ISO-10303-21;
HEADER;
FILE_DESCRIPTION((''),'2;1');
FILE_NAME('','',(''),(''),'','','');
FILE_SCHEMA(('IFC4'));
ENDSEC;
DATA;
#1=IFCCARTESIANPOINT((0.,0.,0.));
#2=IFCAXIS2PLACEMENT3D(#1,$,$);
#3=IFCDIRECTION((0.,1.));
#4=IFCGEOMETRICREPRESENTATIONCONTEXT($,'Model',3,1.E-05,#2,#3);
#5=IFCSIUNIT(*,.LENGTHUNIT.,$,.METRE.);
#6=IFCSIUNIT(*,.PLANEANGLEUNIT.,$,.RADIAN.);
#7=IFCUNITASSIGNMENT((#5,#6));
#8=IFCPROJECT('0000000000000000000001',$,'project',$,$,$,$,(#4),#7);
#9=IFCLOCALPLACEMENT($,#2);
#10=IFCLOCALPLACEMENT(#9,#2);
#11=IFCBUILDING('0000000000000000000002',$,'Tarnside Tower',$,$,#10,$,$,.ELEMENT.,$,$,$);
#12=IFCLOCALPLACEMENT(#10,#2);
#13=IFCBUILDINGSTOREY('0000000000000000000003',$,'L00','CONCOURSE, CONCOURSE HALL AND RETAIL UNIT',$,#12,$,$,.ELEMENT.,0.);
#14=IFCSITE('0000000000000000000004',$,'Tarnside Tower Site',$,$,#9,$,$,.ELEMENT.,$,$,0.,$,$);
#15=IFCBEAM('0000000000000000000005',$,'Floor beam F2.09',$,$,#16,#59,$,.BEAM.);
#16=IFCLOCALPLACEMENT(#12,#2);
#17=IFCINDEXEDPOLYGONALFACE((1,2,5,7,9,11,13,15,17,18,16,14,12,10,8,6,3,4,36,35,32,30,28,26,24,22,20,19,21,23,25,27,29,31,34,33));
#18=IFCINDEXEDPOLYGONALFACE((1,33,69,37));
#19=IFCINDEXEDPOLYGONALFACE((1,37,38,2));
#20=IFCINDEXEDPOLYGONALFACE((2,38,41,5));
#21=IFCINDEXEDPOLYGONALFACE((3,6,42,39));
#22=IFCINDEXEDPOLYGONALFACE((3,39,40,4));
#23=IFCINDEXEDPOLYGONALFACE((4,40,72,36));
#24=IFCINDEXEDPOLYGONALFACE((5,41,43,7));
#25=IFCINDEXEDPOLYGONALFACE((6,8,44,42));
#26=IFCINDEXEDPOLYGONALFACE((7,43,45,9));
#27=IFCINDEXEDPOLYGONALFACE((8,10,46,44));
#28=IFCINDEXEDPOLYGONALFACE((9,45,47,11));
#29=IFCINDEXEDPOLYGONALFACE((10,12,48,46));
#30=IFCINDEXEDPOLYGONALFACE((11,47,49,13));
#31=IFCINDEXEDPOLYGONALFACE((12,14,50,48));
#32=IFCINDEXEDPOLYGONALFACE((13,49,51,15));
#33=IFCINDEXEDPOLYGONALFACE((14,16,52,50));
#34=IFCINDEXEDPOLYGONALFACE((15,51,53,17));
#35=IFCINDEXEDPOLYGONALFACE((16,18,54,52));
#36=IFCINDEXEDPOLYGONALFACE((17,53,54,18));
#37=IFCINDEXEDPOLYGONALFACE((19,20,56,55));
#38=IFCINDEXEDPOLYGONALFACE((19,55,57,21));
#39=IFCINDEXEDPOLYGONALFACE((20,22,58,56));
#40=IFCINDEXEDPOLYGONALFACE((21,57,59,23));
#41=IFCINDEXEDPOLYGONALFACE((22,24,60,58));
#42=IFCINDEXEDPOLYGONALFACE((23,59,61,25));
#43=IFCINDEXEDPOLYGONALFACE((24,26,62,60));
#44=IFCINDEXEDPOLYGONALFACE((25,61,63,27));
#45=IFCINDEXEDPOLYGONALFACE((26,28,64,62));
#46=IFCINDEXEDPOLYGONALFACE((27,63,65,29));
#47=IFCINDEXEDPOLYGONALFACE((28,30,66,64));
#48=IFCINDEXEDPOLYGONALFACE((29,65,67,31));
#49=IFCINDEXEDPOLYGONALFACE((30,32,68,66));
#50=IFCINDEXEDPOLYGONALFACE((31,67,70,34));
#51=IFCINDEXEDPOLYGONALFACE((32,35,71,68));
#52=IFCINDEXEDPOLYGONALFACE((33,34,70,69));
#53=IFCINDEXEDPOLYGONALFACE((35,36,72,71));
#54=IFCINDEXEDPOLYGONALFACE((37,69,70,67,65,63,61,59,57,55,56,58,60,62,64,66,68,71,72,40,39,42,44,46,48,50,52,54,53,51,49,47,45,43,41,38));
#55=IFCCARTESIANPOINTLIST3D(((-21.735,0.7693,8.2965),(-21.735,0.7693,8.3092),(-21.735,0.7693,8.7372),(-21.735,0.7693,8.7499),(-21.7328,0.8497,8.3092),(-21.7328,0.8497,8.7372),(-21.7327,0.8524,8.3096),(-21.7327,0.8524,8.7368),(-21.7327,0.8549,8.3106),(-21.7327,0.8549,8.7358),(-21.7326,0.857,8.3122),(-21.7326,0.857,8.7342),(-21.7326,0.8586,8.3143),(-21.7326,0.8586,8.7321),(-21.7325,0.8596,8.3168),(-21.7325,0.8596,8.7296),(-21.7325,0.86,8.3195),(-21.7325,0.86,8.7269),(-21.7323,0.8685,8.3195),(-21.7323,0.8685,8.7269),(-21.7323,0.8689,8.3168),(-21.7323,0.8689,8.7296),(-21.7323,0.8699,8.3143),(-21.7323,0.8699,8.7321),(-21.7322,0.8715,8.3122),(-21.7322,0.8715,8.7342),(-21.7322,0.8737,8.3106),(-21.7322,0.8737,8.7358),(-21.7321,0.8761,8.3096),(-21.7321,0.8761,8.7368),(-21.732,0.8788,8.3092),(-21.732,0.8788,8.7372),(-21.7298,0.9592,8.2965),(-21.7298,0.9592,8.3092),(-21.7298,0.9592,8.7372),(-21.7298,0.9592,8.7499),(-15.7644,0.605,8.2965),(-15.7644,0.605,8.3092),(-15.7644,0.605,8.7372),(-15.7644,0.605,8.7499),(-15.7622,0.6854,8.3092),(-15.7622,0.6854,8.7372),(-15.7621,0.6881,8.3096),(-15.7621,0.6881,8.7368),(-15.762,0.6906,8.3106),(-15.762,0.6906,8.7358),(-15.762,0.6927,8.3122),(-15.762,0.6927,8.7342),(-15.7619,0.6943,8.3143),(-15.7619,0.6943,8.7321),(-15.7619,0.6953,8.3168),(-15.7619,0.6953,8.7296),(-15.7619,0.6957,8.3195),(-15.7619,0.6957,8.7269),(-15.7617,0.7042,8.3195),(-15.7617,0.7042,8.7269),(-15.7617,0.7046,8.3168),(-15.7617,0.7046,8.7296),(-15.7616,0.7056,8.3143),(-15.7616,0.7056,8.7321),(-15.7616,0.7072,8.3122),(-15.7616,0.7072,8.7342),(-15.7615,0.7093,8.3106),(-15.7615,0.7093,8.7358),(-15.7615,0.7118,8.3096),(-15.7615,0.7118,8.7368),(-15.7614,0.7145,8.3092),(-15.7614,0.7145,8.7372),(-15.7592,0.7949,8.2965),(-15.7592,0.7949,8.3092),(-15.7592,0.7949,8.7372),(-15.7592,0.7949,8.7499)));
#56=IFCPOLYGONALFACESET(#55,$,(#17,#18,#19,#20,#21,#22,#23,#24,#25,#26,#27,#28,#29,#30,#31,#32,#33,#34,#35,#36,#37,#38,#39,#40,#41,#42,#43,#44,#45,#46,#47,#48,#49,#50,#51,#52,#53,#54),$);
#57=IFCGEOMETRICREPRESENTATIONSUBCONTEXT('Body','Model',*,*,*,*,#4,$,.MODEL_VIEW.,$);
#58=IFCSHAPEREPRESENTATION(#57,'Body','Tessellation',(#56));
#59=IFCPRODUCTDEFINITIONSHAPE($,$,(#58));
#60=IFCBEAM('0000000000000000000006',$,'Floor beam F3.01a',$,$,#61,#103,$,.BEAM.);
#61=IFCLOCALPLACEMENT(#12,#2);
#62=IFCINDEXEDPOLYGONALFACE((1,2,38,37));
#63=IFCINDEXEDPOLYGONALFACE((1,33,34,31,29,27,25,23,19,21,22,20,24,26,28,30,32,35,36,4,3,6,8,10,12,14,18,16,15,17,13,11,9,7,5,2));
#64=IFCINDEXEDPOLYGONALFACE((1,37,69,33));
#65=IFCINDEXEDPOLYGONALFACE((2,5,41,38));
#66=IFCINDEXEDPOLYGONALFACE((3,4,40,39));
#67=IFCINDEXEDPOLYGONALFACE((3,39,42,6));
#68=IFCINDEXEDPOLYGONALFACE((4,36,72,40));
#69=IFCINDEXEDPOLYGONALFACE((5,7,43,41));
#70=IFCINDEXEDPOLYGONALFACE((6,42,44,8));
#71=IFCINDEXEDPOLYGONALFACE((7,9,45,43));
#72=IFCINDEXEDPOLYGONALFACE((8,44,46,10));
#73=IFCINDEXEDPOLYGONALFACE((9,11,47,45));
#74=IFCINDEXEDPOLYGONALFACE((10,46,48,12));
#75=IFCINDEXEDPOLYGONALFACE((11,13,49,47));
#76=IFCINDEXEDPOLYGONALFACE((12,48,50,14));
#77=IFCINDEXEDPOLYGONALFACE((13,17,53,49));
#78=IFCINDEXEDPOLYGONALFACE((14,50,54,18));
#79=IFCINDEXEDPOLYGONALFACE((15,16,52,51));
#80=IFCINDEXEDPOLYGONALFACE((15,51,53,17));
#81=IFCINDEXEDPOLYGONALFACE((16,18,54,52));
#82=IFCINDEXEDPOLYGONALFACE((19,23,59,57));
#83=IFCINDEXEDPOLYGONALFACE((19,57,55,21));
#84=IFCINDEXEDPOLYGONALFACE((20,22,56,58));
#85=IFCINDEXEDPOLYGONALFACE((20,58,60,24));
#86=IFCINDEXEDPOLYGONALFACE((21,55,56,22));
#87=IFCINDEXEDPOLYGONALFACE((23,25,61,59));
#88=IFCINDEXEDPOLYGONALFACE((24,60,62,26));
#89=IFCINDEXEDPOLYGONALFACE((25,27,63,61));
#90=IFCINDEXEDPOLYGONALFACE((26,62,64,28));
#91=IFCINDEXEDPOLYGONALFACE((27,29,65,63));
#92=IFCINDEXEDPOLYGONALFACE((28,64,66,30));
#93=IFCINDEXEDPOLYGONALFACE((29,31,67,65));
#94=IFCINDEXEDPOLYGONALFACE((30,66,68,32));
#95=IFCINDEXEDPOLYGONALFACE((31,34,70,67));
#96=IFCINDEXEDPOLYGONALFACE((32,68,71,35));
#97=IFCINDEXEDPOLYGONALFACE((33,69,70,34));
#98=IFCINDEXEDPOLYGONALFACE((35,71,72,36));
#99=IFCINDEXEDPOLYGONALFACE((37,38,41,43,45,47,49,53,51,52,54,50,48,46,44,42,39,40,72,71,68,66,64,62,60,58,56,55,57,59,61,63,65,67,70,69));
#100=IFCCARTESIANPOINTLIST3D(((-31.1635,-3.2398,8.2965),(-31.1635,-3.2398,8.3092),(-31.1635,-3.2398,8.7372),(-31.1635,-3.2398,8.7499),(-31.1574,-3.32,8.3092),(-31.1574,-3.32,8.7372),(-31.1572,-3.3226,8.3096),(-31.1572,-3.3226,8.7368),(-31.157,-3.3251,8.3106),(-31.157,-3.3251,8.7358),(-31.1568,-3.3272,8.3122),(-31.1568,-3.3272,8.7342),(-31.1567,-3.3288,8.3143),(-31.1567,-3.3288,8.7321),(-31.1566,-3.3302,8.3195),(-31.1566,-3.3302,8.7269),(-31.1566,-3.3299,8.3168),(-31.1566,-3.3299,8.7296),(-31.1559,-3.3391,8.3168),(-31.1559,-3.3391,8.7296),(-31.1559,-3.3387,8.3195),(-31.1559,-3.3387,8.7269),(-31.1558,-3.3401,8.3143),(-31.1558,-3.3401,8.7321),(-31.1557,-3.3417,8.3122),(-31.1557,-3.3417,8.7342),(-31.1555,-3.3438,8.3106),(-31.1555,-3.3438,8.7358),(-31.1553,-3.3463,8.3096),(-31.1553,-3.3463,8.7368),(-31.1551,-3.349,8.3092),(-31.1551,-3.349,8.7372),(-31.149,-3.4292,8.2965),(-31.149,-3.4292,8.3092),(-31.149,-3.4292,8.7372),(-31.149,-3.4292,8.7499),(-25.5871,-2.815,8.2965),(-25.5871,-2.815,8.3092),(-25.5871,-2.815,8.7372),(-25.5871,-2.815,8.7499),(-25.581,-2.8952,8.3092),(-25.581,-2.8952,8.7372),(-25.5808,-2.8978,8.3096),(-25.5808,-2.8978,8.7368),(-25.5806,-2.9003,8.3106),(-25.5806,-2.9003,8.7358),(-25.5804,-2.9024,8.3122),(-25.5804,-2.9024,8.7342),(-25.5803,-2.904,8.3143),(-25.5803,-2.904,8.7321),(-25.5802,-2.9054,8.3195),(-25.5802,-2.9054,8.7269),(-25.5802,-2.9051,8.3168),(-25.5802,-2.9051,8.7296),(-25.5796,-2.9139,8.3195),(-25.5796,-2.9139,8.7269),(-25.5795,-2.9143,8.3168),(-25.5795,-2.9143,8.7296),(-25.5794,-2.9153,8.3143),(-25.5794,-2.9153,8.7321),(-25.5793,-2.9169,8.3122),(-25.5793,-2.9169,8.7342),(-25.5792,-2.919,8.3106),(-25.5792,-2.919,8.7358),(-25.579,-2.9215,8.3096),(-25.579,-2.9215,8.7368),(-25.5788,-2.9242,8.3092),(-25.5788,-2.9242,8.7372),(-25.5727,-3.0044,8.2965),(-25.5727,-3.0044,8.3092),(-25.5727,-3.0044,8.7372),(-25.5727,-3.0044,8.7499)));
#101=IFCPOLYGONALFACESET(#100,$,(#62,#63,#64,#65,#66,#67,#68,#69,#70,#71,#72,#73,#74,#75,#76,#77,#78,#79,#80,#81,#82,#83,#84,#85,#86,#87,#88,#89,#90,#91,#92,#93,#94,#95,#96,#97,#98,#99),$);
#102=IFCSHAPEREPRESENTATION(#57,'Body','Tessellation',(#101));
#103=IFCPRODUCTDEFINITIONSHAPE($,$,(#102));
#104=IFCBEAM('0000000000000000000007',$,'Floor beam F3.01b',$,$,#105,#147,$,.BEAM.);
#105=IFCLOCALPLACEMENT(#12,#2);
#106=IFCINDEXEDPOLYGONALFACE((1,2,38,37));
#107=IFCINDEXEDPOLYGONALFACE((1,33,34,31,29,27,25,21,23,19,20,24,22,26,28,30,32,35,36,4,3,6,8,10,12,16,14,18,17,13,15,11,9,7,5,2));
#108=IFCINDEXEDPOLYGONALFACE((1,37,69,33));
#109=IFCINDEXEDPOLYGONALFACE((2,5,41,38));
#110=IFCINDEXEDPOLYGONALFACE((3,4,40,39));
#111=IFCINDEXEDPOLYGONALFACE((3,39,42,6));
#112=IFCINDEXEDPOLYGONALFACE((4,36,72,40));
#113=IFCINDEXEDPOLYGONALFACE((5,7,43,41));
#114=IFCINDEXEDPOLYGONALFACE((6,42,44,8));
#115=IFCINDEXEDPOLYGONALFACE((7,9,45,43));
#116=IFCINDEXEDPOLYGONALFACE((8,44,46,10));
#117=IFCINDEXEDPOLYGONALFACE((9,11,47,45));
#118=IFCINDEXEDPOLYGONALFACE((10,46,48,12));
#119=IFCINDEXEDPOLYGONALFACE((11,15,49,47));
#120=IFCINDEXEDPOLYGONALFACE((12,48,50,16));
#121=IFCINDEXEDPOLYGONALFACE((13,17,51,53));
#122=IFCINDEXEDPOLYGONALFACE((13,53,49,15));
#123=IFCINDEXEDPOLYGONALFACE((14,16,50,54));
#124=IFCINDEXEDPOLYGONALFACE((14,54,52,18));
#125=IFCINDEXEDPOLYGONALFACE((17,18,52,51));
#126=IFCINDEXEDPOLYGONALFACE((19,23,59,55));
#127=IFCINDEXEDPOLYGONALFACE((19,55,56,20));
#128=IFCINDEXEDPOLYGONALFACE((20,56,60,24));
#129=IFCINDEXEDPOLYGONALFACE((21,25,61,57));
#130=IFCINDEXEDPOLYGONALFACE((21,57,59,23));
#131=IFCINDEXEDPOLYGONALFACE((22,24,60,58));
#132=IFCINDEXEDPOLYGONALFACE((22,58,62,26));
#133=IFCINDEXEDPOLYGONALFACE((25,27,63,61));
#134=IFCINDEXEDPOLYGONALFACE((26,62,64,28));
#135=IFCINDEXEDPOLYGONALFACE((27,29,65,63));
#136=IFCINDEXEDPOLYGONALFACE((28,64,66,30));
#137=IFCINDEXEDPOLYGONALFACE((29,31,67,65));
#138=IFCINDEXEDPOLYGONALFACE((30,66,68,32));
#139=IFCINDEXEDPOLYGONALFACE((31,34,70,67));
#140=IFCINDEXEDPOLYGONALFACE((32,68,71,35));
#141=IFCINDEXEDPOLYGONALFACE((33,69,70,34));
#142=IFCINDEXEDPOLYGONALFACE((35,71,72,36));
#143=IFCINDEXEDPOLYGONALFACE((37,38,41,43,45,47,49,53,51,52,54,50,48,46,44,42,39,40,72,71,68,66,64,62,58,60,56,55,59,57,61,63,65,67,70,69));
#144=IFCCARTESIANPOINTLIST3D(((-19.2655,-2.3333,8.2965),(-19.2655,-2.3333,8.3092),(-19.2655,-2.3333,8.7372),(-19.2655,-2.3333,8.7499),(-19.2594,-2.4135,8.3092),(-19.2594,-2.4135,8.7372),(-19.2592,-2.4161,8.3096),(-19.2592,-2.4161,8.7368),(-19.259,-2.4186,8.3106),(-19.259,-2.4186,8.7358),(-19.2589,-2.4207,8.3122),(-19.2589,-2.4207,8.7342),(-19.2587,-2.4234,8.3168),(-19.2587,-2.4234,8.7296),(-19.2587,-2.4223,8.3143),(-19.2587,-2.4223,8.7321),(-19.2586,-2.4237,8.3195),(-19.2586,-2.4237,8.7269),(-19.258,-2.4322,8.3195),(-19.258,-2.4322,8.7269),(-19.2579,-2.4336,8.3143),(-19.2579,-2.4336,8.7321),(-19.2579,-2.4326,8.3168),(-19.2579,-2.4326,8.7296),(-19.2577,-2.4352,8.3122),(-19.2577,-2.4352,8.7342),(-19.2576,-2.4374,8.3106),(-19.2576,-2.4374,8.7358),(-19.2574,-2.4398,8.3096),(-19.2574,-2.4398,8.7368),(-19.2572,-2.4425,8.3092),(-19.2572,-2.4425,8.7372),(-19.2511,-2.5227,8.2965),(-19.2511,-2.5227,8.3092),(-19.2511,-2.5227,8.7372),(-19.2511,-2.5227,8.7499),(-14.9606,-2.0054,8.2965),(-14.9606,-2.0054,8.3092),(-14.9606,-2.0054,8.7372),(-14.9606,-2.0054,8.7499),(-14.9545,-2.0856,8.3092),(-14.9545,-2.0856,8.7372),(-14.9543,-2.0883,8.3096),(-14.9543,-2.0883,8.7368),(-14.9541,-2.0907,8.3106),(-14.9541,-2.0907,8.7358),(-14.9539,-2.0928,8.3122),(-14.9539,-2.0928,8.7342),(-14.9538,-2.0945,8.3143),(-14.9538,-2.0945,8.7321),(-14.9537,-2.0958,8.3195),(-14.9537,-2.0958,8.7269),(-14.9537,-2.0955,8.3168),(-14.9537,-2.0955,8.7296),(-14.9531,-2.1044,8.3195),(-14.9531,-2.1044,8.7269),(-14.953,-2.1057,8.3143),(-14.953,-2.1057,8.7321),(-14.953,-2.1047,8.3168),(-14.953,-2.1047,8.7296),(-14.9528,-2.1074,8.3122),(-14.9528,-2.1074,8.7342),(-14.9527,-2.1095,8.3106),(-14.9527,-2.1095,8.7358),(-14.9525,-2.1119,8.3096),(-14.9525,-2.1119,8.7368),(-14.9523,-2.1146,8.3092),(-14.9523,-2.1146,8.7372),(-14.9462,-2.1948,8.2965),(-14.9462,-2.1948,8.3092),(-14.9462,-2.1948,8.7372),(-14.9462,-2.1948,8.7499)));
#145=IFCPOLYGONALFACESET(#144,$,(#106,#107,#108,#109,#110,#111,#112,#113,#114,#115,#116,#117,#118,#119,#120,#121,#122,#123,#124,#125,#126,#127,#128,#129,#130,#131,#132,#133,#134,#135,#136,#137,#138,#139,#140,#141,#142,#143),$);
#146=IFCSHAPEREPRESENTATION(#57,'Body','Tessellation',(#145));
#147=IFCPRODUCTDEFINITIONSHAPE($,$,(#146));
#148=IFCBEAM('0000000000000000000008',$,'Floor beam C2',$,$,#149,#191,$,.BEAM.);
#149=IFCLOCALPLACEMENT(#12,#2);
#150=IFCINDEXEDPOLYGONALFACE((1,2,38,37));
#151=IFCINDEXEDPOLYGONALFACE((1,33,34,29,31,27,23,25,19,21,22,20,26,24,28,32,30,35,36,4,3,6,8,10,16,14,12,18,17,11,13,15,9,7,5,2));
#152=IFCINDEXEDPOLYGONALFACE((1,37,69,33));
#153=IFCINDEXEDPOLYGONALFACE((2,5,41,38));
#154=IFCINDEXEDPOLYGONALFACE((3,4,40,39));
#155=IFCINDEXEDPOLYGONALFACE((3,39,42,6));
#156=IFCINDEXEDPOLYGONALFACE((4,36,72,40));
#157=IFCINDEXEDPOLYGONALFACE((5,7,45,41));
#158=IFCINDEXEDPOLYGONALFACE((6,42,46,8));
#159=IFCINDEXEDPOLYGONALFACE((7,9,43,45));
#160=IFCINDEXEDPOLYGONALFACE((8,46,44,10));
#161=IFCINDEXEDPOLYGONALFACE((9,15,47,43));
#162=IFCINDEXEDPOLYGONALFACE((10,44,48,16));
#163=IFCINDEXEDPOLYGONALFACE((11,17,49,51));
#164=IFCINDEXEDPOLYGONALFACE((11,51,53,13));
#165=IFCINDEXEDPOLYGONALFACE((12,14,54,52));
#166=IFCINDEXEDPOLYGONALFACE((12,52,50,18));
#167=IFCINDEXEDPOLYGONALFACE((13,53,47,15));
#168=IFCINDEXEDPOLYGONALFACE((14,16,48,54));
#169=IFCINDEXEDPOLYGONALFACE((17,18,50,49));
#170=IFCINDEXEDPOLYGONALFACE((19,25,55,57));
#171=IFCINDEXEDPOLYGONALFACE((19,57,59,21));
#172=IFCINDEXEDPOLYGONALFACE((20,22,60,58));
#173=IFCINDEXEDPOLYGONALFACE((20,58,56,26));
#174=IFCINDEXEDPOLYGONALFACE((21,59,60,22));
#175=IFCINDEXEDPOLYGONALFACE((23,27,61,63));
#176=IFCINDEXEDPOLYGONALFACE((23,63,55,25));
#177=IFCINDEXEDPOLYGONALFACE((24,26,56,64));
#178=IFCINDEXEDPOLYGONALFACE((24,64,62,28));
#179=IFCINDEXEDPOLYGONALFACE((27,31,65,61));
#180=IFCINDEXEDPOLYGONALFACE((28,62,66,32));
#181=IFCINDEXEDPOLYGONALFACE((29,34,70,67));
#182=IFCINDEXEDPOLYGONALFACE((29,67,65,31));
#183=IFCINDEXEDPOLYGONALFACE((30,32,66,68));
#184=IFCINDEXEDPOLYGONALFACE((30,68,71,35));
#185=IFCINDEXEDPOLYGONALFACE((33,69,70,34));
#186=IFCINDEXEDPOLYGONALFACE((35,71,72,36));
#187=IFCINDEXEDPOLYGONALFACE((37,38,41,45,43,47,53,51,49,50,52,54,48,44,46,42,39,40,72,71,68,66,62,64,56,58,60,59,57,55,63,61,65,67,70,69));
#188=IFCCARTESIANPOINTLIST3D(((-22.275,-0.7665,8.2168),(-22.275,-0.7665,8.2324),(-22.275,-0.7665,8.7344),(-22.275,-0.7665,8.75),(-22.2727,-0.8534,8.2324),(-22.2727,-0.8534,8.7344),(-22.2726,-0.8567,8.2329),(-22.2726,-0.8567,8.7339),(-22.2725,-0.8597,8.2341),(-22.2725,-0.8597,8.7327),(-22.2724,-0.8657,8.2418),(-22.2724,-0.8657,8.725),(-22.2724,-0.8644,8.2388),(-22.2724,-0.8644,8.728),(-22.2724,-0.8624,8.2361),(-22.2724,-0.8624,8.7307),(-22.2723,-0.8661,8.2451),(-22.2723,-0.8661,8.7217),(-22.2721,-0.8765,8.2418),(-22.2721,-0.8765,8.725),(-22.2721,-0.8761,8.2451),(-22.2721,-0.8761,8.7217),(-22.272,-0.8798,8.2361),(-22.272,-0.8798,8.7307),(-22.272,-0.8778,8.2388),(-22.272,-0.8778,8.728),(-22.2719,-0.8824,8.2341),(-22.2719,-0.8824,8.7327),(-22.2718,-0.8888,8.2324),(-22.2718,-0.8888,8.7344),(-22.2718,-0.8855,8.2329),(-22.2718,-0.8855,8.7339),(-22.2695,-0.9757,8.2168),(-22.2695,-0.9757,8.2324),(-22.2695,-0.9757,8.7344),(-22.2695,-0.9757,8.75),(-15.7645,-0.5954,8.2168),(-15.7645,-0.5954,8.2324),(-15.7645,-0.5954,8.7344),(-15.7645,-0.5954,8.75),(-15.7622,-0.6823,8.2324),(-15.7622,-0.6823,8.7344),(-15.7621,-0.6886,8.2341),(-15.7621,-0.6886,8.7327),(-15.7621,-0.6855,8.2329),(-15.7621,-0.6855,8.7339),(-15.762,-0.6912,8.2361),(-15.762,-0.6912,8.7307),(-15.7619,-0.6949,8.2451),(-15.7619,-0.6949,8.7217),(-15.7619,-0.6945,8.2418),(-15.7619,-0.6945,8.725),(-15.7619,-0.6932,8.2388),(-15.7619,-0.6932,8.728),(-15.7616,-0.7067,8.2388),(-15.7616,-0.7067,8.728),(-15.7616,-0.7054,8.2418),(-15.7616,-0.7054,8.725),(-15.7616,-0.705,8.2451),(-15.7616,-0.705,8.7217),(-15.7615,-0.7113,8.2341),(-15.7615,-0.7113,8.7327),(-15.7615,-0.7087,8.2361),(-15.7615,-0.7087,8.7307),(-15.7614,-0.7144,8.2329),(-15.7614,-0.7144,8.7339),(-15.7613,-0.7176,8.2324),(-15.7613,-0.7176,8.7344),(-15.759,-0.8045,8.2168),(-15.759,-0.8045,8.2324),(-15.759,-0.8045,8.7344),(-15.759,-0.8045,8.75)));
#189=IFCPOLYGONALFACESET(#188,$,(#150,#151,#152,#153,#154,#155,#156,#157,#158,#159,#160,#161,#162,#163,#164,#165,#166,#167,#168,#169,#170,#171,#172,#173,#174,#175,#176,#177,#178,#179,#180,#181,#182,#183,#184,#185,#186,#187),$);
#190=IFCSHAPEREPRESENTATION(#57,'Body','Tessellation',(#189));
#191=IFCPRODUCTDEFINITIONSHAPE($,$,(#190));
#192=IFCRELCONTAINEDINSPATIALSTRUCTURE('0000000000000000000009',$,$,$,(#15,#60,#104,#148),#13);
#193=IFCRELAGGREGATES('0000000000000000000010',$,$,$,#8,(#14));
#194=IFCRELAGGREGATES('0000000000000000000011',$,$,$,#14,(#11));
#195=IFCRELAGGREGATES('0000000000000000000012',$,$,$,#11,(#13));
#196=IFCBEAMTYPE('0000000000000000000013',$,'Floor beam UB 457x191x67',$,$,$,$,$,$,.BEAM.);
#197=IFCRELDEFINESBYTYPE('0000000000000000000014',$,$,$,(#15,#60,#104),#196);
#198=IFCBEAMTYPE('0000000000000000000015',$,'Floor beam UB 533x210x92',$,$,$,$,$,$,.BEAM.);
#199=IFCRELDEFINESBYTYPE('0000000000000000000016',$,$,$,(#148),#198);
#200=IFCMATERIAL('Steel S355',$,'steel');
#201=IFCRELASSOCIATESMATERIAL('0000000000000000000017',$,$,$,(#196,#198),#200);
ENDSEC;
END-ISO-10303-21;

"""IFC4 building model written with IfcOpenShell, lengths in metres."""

from ifc_helpers import new_model, si_unit, direction, frame, origin, origin_2d, place, context, subcontext, project, spatial, i_section, extrude, material, material_profile, profile_set, type_object, element, save


model = new_model("IFC4")

# Units and contexts
model_context = context("Model", 3, precision=1e-05, world=origin(), true_north=direction((0.0, 1.0)))
body_context = subcontext(model_context, "Body", "Model", "MODEL_VIEW")
ifc_project = project(units=[si_unit("LENGTHUNIT", "METRE"), si_unit("PLANEANGLEUNIT", "RADIAN")], contexts=[model_context])

# Site, building, storey
site_placement = place(None, origin())
site = spatial("IfcSite", under=ifc_project, at=site_placement, Name="Tarnside Tower Site", CompositionType="ELEMENT", RefElevation=0.0)
building_placement = place(site_placement, origin())
building = spatial("IfcBuilding", under=site, at=building_placement, Name="Tarnside Tower", CompositionType="ELEMENT")
storey_placement = place(building_placement, origin())
storey = spatial("IfcBuildingStorey", under=building, at=storey_placement, Name="L00", Description="CONCOURSE, CONCOURSE HALL AND RETAIL UNIT", CompositionType="ELEMENT", Elevation=0.0)

# Beams
ifc_material_1 = material(Name="Steel S355", Category="steel")
ifc_material_profile_1 = material_profile(ifc_material_1, i_section(OverallWidth=0.1899, OverallDepth=0.4534, WebThickness=0.0085, FlangeThickness=0.0127, FilletRadius=0.0103, at=origin_2d()), Name="UB 457x191x67")
ifc_profile_set_1 = profile_set([ifc_material_profile_1], Name="Steel S355")
beam_type_1 = type_object("IfcBeamType", Name="Floor beam UB 457x191x67", PredefinedType="BEAM", material=ifc_profile_set_1)
beam_1_placement = place(storey_placement, frame((-21.7324, 0.8643, 8.5232), z_axis=(0.999622, -0.027508, 0.0), x_axis=(0.027508, 0.999622, 0.0)))
element("IfcBeam", 1, at=beam_1_placement, inside=storey, type_object=beam_type_1, Name="Floor beam F2.09", PredefinedType="BEAM", context=body_context, shape_type="SweptSolid", body=[
    extrude(i_section(OverallWidth=0.1899, OverallDepth=0.4534, WebThickness=0.0085, FlangeThickness=0.0127, FilletRadius=0.0103, at=origin_2d()), origin(), (0.0, 0.0, 1.0), 5.9729),
])
beam_2_placement = place(storey_placement, frame((-31.1562, -3.3345, 8.5232), z_axis=(0.997111, 0.075959, 0.0), x_axis=(-0.075959, 0.997111, 0.0)))
element("IfcBeam", 2, at=beam_2_placement, inside=storey, type_object=beam_type_1, Name="Floor beam F3.01a", PredefinedType="BEAM", context=body_context, shape_type="SweptSolid", body=[
    extrude(i_section(OverallWidth=0.1899, OverallDepth=0.4534, WebThickness=0.0085, FlangeThickness=0.0127, FilletRadius=0.0103, at=origin_2d()), origin(), (0.0, 0.0, 1.0), 5.5925),
])
beam_3_placement = place(storey_placement, frame((-19.2583, -2.428, 8.5232), z_axis=(0.997112, 0.075944, 0.0), x_axis=(-0.075944, 0.997112, 0.0)))
element("IfcBeam", 3, at=beam_3_placement, inside=storey, type_object=beam_type_1, Name="Floor beam F3.01b", PredefinedType="BEAM", context=body_context, shape_type="SweptSolid", body=[
    extrude(i_section(OverallWidth=0.1899, OverallDepth=0.4534, WebThickness=0.0085, FlangeThickness=0.0127, FilletRadius=0.0103, at=origin_2d()), origin(), (0.0, 0.0, 1.0), 4.3174),
])
ifc_material_profile_2 = material_profile(ifc_material_1, i_section(OverallWidth=0.2092, OverallDepth=0.5332, WebThickness=0.01, FlangeThickness=0.0156, FilletRadius=0.0127, at=origin_2d()), Name="UB 533x210x92")
ifc_profile_set_2 = profile_set([ifc_material_profile_2], Name="Steel S355")
beam_type_2 = type_object("IfcBeamType", Name="Floor beam UB 533x210x92", PredefinedType="BEAM", material=ifc_profile_set_2)
beam_4_placement = place(storey_placement, frame((-22.2722, -0.8711, 8.4834), z_axis=(0.999655, 0.026278, 0.0), x_axis=(-0.026278, 0.999655, 0.0)))
element("IfcBeam", 4, at=beam_4_placement, inside=storey, type_object=beam_type_2, Name="Floor beam C2", PredefinedType="BEAM", context=body_context, shape_type="SweptSolid", body=[
    extrude(i_section(OverallWidth=0.2092, OverallDepth=0.5332, WebThickness=0.01, FlangeThickness=0.0156, FilletRadius=0.0127, at=origin_2d()), origin(), (0.0, 0.0, 1.0), 6.5127),
])

save(model, "model.ifc")
